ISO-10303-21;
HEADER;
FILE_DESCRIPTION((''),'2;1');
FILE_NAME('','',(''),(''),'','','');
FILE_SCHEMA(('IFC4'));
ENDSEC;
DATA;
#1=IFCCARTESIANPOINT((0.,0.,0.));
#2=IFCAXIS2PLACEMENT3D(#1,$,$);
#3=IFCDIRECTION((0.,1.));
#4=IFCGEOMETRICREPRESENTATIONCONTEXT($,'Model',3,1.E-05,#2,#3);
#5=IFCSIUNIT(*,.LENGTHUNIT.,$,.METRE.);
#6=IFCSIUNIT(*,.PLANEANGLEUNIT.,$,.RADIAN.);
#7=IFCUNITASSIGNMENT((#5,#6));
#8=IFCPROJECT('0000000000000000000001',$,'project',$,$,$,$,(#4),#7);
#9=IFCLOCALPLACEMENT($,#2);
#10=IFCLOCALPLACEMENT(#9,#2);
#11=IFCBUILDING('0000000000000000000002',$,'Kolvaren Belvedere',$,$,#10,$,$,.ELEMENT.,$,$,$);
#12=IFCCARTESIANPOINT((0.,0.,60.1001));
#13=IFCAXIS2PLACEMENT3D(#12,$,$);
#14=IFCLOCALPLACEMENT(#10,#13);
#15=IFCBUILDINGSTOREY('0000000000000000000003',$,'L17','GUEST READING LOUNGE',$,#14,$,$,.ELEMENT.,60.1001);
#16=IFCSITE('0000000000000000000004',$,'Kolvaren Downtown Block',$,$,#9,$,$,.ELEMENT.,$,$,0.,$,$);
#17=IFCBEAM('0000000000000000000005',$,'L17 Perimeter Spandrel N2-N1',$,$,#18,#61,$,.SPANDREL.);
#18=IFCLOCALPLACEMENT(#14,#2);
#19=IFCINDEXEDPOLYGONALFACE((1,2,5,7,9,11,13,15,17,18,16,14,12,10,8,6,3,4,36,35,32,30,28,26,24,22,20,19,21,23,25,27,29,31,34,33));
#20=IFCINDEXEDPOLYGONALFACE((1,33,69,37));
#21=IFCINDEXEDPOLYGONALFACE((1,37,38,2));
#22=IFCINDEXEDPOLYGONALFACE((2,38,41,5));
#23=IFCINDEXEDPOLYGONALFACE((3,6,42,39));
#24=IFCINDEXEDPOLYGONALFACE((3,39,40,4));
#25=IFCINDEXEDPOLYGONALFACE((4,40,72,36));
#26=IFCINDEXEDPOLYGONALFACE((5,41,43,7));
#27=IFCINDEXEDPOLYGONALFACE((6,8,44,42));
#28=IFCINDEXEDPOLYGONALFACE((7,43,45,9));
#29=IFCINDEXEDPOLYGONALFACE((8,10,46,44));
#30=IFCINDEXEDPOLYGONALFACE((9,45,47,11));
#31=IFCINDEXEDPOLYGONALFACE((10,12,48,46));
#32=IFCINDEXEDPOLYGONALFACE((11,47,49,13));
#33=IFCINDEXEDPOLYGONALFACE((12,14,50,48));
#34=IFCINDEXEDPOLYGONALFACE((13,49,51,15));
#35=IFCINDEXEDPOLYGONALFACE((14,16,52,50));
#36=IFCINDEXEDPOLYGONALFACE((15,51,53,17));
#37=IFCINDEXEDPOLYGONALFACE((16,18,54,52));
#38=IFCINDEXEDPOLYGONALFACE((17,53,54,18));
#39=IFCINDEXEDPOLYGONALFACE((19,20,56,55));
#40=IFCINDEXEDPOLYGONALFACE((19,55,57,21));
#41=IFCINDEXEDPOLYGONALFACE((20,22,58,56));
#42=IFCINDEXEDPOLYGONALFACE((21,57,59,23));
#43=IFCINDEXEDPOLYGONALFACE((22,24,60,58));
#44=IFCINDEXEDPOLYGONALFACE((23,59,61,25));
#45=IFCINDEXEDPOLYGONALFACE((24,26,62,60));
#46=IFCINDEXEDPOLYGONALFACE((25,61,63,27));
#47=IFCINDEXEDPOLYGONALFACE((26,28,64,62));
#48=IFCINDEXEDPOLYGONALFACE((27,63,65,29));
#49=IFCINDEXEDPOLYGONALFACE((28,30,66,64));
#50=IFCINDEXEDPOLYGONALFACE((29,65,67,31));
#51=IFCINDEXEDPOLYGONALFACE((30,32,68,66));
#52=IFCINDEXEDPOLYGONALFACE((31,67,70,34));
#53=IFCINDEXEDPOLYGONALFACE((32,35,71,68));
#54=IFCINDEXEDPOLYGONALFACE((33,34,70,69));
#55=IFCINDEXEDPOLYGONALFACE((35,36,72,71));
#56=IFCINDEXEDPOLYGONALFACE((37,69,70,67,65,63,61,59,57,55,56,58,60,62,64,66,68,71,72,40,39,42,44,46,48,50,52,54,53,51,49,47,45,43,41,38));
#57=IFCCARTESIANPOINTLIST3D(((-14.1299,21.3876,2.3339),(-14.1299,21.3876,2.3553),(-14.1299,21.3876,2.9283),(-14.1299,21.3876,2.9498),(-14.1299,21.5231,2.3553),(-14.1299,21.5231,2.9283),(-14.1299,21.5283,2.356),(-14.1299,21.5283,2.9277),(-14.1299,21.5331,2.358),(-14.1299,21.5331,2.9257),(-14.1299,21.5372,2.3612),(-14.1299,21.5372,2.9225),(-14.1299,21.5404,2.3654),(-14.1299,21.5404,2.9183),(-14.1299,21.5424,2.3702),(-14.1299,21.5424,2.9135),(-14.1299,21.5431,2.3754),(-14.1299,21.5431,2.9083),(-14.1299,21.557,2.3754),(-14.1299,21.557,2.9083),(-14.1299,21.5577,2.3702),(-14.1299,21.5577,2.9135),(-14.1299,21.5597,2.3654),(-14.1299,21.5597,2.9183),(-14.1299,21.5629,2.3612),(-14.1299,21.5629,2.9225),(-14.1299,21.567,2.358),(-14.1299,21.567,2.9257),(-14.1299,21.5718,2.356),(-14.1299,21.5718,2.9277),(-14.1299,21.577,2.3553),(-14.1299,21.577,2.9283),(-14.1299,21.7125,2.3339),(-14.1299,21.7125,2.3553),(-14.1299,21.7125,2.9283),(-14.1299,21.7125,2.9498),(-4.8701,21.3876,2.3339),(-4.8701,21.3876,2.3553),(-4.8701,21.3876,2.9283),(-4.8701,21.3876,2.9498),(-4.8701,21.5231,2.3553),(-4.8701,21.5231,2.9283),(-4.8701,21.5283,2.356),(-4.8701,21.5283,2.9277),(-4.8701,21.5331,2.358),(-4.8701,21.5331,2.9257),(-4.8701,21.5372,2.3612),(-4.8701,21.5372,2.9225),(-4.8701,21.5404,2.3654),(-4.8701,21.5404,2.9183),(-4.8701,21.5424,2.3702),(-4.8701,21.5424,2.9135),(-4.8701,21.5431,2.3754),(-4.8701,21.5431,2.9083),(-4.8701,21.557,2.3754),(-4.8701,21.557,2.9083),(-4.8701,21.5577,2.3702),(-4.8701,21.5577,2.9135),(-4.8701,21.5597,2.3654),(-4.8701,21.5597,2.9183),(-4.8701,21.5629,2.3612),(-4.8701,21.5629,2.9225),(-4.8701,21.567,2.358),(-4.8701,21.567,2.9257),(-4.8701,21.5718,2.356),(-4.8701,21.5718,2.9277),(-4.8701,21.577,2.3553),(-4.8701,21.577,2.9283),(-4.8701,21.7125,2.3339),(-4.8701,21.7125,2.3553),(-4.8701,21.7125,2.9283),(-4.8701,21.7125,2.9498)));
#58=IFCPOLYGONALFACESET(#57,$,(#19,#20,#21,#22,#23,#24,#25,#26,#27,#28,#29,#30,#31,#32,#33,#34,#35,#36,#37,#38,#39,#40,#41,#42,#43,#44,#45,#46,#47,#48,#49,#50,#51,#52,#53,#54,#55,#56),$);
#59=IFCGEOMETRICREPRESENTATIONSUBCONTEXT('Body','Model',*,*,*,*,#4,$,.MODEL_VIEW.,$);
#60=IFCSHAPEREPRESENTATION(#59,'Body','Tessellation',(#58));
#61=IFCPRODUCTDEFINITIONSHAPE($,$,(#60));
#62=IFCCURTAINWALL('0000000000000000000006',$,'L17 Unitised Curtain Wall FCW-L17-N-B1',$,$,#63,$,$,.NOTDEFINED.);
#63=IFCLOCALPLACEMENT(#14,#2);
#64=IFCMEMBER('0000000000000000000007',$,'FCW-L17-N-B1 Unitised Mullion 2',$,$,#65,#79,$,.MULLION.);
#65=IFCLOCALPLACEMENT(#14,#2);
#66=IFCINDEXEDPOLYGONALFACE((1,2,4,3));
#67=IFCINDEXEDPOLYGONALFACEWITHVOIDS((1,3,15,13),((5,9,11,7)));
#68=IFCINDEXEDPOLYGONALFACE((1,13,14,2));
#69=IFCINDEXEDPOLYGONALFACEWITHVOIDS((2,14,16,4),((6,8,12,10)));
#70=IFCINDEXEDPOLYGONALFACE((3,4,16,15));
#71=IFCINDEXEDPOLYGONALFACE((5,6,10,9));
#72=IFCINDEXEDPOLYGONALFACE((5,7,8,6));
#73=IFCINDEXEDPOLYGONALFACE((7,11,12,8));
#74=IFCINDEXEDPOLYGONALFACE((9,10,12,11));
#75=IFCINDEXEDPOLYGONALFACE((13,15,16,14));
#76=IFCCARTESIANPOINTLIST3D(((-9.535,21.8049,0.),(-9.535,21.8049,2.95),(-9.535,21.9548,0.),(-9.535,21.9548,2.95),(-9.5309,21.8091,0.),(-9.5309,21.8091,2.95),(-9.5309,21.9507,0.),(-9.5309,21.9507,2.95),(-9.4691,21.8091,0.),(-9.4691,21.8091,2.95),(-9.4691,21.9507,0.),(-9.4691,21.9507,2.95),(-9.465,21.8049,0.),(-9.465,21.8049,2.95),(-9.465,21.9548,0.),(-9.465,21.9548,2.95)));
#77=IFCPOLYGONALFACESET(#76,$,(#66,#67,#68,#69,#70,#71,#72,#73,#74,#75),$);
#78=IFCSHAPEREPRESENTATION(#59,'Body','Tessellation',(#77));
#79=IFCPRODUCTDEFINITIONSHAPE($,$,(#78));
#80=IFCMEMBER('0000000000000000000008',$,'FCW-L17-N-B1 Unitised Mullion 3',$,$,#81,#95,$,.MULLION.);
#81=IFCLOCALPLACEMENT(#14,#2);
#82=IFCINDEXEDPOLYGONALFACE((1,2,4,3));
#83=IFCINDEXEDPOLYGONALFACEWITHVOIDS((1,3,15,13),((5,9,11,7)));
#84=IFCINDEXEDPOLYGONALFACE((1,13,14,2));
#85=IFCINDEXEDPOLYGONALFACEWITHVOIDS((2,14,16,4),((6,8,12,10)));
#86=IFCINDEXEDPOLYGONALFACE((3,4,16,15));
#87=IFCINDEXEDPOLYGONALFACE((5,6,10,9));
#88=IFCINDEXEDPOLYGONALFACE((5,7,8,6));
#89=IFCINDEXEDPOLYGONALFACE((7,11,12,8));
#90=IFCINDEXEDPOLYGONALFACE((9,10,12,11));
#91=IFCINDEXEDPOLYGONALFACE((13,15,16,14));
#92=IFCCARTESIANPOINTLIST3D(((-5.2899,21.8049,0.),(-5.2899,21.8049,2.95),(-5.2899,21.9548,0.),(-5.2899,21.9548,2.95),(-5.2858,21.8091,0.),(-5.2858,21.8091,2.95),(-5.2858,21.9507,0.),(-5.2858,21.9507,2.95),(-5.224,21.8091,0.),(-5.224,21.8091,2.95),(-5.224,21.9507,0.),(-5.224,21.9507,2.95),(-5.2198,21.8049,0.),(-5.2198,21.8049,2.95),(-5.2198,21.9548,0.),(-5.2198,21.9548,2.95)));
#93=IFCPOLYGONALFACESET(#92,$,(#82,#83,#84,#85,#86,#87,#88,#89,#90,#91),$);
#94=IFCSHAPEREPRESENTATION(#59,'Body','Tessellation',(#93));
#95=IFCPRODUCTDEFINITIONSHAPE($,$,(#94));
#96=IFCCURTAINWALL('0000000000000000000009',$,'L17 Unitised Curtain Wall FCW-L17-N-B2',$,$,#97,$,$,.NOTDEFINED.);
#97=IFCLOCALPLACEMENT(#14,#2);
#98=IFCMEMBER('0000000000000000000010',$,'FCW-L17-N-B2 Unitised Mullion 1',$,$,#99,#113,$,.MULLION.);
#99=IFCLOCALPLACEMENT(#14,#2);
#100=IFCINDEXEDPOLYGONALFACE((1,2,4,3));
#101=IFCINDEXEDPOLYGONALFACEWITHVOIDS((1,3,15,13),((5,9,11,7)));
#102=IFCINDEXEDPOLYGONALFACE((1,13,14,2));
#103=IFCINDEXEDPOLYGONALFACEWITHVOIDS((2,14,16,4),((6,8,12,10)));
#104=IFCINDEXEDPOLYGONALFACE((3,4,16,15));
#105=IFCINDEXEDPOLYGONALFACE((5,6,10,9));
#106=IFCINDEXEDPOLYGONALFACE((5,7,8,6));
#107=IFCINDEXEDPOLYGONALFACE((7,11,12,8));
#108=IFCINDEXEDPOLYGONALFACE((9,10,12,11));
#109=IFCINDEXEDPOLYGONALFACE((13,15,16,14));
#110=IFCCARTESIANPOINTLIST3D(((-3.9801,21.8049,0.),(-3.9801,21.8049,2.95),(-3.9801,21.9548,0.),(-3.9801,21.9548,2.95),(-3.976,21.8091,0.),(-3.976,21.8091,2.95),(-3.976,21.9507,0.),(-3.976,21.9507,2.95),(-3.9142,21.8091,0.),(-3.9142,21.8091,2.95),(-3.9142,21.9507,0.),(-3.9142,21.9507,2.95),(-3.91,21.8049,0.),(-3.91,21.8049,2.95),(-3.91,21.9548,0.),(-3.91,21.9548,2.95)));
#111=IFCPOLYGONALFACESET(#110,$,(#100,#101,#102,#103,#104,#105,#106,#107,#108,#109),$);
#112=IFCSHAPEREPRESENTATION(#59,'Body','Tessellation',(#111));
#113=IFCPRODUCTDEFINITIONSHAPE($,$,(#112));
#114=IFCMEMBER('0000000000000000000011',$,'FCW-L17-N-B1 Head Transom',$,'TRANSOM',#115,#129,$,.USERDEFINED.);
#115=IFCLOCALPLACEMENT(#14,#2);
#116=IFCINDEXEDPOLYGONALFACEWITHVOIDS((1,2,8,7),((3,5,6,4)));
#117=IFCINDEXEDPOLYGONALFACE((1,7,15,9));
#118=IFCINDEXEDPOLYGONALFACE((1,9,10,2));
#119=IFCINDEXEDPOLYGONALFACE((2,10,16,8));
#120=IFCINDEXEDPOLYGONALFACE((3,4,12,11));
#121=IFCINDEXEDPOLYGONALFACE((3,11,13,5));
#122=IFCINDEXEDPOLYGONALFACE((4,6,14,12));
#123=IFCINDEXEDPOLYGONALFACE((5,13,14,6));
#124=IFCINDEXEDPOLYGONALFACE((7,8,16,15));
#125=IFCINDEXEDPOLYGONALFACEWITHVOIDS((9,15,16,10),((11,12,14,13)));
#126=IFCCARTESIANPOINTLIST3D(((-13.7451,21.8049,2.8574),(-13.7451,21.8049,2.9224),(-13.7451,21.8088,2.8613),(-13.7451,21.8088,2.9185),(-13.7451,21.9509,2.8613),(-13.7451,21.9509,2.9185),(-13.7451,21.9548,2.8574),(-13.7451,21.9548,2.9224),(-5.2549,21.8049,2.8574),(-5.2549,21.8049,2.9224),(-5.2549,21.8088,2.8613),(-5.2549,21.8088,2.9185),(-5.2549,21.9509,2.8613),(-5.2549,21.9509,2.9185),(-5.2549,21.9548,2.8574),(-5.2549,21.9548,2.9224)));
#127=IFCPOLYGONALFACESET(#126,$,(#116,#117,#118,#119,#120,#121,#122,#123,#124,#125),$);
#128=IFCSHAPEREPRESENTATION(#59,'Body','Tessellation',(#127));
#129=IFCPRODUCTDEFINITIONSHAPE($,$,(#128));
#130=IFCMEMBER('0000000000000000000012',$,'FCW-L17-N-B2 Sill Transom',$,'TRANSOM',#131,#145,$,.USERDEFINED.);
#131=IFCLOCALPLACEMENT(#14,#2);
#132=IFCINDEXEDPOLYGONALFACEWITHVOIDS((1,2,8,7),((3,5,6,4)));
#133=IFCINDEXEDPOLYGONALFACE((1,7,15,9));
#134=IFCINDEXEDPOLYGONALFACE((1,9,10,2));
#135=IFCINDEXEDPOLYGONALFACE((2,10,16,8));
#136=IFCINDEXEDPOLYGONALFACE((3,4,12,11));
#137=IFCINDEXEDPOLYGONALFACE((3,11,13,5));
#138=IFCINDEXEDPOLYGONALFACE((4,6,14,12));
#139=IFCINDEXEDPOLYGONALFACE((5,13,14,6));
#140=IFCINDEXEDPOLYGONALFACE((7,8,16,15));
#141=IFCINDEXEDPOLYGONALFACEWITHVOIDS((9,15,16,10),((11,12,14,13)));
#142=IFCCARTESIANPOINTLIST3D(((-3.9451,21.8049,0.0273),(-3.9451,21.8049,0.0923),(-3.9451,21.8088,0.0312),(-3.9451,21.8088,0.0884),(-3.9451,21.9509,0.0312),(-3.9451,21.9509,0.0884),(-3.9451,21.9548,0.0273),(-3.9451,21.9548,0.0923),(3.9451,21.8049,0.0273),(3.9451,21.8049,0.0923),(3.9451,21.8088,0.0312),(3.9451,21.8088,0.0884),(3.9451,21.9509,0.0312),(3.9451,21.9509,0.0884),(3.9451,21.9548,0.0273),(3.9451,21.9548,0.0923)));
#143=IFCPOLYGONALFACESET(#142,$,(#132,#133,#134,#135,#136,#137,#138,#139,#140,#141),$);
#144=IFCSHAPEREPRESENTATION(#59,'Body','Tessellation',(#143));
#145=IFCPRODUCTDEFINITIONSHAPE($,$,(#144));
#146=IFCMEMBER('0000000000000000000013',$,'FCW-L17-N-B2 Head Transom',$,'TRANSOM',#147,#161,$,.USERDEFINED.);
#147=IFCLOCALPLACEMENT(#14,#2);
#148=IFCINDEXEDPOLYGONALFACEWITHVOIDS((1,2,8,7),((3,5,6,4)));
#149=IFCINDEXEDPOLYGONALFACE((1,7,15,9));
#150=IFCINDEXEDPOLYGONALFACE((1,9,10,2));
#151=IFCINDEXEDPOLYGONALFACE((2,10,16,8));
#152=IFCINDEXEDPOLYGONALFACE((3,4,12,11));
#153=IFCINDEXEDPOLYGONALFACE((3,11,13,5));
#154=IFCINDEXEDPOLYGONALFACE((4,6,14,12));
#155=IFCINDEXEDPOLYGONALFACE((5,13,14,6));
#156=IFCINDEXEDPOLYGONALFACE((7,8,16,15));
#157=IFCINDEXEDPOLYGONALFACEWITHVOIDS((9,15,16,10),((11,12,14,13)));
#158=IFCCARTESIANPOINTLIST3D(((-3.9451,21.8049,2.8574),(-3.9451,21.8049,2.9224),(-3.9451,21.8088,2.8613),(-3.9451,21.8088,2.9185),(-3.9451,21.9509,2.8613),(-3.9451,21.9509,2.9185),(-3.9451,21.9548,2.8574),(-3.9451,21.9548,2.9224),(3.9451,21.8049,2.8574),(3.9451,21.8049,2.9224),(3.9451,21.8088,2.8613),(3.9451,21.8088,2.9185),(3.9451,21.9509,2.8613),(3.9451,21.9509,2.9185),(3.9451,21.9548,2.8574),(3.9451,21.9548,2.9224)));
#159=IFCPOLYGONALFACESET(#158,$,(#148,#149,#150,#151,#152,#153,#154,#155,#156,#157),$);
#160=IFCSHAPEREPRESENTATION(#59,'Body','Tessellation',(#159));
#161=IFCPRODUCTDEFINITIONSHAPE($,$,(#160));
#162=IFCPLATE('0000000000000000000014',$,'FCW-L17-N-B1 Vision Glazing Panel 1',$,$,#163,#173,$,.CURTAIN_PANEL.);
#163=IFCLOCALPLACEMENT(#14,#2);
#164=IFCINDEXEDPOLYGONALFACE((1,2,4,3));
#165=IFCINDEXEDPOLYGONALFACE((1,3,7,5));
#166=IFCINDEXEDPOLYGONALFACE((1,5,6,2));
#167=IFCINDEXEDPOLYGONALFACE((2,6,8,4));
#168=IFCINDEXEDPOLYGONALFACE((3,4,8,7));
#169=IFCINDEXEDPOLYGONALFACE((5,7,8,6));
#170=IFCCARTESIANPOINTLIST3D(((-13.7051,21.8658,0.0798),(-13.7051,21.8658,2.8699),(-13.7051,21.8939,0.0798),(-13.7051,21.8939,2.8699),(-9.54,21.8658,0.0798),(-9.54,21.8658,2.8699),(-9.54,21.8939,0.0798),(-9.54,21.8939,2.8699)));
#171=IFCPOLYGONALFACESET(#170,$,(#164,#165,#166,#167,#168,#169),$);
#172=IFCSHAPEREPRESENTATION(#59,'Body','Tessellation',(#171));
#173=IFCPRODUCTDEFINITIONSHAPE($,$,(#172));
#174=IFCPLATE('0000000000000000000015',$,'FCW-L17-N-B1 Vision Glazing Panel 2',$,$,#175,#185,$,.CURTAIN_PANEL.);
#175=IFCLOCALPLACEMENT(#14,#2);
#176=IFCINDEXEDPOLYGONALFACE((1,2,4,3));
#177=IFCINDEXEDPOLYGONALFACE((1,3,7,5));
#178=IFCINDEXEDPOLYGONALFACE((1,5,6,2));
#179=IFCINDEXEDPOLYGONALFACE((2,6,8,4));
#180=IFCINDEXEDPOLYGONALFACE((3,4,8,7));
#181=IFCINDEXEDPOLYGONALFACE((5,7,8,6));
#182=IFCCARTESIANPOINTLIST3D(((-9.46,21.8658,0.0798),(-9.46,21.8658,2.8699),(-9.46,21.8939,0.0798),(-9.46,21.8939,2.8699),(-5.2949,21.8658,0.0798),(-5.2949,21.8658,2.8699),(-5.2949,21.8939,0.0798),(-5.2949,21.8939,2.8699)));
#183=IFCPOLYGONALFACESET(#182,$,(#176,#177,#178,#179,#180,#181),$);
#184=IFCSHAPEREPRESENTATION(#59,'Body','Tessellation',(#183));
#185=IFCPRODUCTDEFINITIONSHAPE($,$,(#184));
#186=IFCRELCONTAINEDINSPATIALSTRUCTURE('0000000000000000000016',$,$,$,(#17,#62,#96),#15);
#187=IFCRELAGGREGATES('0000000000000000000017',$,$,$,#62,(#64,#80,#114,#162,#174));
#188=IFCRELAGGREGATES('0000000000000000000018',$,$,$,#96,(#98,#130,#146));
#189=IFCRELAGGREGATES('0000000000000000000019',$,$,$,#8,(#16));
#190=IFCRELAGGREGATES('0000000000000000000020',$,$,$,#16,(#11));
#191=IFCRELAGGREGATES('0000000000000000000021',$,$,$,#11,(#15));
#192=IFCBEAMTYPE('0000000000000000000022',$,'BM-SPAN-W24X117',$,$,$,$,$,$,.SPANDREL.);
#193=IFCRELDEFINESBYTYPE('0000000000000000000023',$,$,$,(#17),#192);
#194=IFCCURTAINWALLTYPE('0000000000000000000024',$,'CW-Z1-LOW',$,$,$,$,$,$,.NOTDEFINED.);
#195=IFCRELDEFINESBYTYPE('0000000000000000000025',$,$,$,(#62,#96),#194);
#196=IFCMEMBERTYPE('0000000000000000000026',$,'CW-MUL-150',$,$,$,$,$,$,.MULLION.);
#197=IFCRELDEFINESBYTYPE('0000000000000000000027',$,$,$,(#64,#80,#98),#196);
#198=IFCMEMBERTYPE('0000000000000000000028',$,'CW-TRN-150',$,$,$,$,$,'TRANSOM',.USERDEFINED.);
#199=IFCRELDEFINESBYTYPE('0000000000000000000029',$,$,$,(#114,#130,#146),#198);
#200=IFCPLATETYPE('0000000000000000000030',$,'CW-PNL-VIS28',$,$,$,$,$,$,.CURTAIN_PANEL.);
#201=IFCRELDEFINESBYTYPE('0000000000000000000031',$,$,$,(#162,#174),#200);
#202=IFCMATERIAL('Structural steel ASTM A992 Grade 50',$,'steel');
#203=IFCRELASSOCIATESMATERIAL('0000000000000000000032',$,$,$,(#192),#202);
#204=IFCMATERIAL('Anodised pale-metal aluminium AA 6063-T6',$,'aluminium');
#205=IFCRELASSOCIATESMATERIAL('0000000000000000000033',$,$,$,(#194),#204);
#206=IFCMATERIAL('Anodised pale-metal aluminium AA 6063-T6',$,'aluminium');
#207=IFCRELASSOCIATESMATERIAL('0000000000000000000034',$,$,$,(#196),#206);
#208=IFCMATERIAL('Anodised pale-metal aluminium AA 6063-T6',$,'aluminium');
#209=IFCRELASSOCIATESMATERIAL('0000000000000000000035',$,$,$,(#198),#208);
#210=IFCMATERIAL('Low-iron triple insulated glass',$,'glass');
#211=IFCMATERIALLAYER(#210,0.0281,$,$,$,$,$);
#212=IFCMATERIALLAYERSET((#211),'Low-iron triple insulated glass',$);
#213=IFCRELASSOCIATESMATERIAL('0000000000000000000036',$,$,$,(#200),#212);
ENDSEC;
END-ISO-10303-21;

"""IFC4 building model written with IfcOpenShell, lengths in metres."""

from ifc_helpers import new_model, si_unit, direction, frame, origin, origin_2d, place, context, subcontext, project, spatial, rectangle, hollow_rectangle, i_section, extrude, material, layer, layer_set, material_profile, profile_set, type_object, element, aggregate, save


model = new_model("IFC4")

# Units and contexts
model_context = context("Model", 3, precision=1e-05, world=origin(), true_north=direction((0.0, 1.0)))
body_context = subcontext(model_context, "Body", "Model", "MODEL_VIEW")
ifc_project = project(units=[si_unit("LENGTHUNIT", "METRE"), si_unit("PLANEANGLEUNIT", "RADIAN")], contexts=[model_context])

# Site, building, storey
site_placement = place(None, origin())
site = spatial("IfcSite", under=ifc_project, at=site_placement, Name="Kolvaren Downtown Block", CompositionType="ELEMENT", RefElevation=0.0)
building_placement = place(site_placement, origin())
building = spatial("IfcBuilding", under=site, at=building_placement, Name="Kolvaren Belvedere", CompositionType="ELEMENT")
storey_placement = place(building_placement, frame((0.0, 0.0, 60.1001)))
storey = spatial("IfcBuildingStorey", under=building, at=storey_placement, Name="L17", Description="GUEST READING LOUNGE", CompositionType="ELEMENT", Elevation=60.1001)

# Beam
ifc_material_1 = material(Name="Structural steel ASTM A992 Grade 50", Category="steel")
ifc_material_profile_1 = material_profile(ifc_material_1, i_section(OverallWidth=0.325, OverallDepth=0.616, WebThickness=0.0139, FlangeThickness=0.0215, FilletRadius=0.02, at=origin_2d()), Name="W24X117")
ifc_profile_set_1 = profile_set([ifc_material_profile_1], Name="Structural steel ASTM A992 Grade 50")
beam_type_1 = type_object("IfcBeamType", Name="BM-SPAN-W24X117", PredefinedType="SPANDREL", material=ifc_profile_set_1)
beam_1_placement = place(storey_placement, frame((-4.8701, 21.55, 2.6418), z_axis=(-1.0, 0.0, 0.0), x_axis=(0.0, -1.0, 0.0)))
element("IfcBeam", 1, at=beam_1_placement, inside=storey, type_object=beam_type_1, Name="L17 Perimeter Spandrel N2-N1", PredefinedType="SPANDREL", context=body_context, shape_type="SweptSolid", body=[
    extrude(i_section(OverallWidth=0.325, OverallDepth=0.616, WebThickness=0.0139, FlangeThickness=0.0215, FilletRadius=0.02, at=origin_2d()), origin(), (0.0, 0.0, 1.0), 9.2598),
])

# Curtain wall, members
ifc_material_2 = material(Name="Anodised pale-metal aluminium AA 6063-T6", Category="aluminium")
curtain_wall_type = type_object("IfcCurtainWallType", Name="CW-Z1-LOW", PredefinedType="NOTDEFINED", material=ifc_material_2)
curtain_wall_1_placement = place(storey_placement, origin())
curtain_wall_1 = element("IfcCurtainWall", 2, at=curtain_wall_1_placement, inside=storey, type_object=curtain_wall_type, Name="L17 Unitised Curtain Wall FCW-L17-N-B1", PredefinedType="NOTDEFINED")
ifc_material_3 = material(Name="Anodised pale-metal aluminium AA 6063-T6", Category="aluminium")
ifc_material_profile_2 = material_profile(ifc_material_3, hollow_rectangle(XDim=0.0701, YDim=0.1499, WallThickness=0.0042, at=origin_2d()), Name="ALU-MUL-150X70")
ifc_profile_set_2 = profile_set([ifc_material_profile_2], Name="Anodised pale-metal aluminium AA 6063-T6")
member_type_1 = type_object("IfcMemberType", Name="CW-MUL-150", PredefinedType="MULLION", material=ifc_profile_set_2)
member_1_placement = place(storey_placement, frame((-9.5, 21.8799, 0.0), z_axis=(0.0, 0.0, 1.0), x_axis=(1.0, 0.0, 0.0)))
member_1 = element("IfcMember", 3, at=member_1_placement, type_object=member_type_1, Name="FCW-L17-N-B1 Unitised Mullion 2", PredefinedType="MULLION", context=body_context, shape_type="SweptSolid", body=[
    extrude(hollow_rectangle(XDim=0.0701, YDim=0.1499, WallThickness=0.0042, at=origin_2d()), origin(), (0.0, 0.0, 1.0), 2.95),
])
member_2_placement = place(storey_placement, frame((-5.2549, 21.8799, 0.0), z_axis=(0.0, 0.0, 1.0), x_axis=(1.0, 0.0, 0.0)))
member_2 = element("IfcMember", 4, at=member_2_placement, type_object=member_type_1, Name="FCW-L17-N-B1 Unitised Mullion 3", PredefinedType="MULLION", context=body_context, shape_type="SweptSolid", body=[
    extrude(hollow_rectangle(XDim=0.0701, YDim=0.1499, WallThickness=0.0042, at=origin_2d()), origin(), (0.0, 0.0, 1.0), 2.95),
])

# Curtain wall, member
curtain_wall_2_placement = place(storey_placement, origin())
curtain_wall_2 = element("IfcCurtainWall", 5, at=curtain_wall_2_placement, inside=storey, type_object=curtain_wall_type, Name="L17 Unitised Curtain Wall FCW-L17-N-B2", PredefinedType="NOTDEFINED")
member_3_placement = place(storey_placement, frame((-3.9451, 21.8799, 0.0), z_axis=(0.0, 0.0, 1.0), x_axis=(1.0, 0.0, 0.0)))
member_3 = element("IfcMember", 6, at=member_3_placement, type_object=member_type_1, Name="FCW-L17-N-B2 Unitised Mullion 1", PredefinedType="MULLION", context=body_context, shape_type="SweptSolid", body=[
    extrude(hollow_rectangle(XDim=0.0701, YDim=0.1499, WallThickness=0.0042, at=origin_2d()), origin(), (0.0, 0.0, 1.0), 2.95),
])

# Members
ifc_material_4 = material(Name="Anodised pale-metal aluminium AA 6063-T6", Category="aluminium")
ifc_material_profile_3 = material_profile(ifc_material_4, hollow_rectangle(XDim=0.0649, YDim=0.1499, WallThickness=0.0039, at=origin_2d()), Name="ALU-TRN-150X65")
ifc_profile_set_3 = profile_set([ifc_material_profile_3], Name="Anodised pale-metal aluminium AA 6063-T6")
member_type_2 = type_object("IfcMemberType", Name="CW-TRN-150", ElementType="TRANSOM", PredefinedType="USERDEFINED", material=ifc_profile_set_3)
member_4_placement = place(storey_placement, frame((-13.7451, 21.8799, 2.8899), z_axis=(1.0, 0.0, 0.0), x_axis=(0.0, 0.0, 1.0)))
member_4 = element("IfcMember", 7, at=member_4_placement, type_object=member_type_2, Name="FCW-L17-N-B1 Head Transom", ObjectType="TRANSOM", PredefinedType="USERDEFINED", context=body_context, shape_type="SweptSolid", body=[
    extrude(hollow_rectangle(XDim=0.0649, YDim=0.1499, WallThickness=0.0039, at=origin_2d()), origin(), (0.0, 0.0, 1.0), 8.4902),
])
member_5_placement = place(storey_placement, frame((-3.9451, 21.8799, 0.0598), z_axis=(1.0, 0.0, 0.0), x_axis=(0.0, 0.0, 1.0)))
member_5 = element("IfcMember", 8, at=member_5_placement, type_object=member_type_2, Name="FCW-L17-N-B2 Sill Transom", ObjectType="TRANSOM", PredefinedType="USERDEFINED", context=body_context, shape_type="SweptSolid", body=[
    extrude(hollow_rectangle(XDim=0.0649, YDim=0.1499, WallThickness=0.0039, at=origin_2d()), origin(), (0.0, 0.0, 1.0), 7.8901),
])
member_6_placement = place(storey_placement, frame((-3.9451, 21.8799, 2.8899), z_axis=(1.0, 0.0, 0.0), x_axis=(0.0, 0.0, 1.0)))
member_6 = element("IfcMember", 9, at=member_6_placement, type_object=member_type_2, Name="FCW-L17-N-B2 Head Transom", ObjectType="TRANSOM", PredefinedType="USERDEFINED", context=body_context, shape_type="SweptSolid", body=[
    extrude(hollow_rectangle(XDim=0.0649, YDim=0.1499, WallThickness=0.0039, at=origin_2d()), origin(), (0.0, 0.0, 1.0), 7.8901),
])

# Plates
ifc_material_5 = material(Name="Low-iron triple insulated glass", Category="glass")
ifc_layer_1 = layer(ifc_material_5, 0.0281)
ifc_layer_set_1 = layer_set([ifc_layer_1], Name="Low-iron triple insulated glass")
plate_type_1 = type_object("IfcPlateType", Name="CW-PNL-VIS28", PredefinedType="CURTAIN_PANEL", material=ifc_layer_set_1)
plate_1_placement = place(storey_placement, frame((-11.6226, 21.8799, 0.0798), z_axis=(0.0, 0.0, 1.0), x_axis=(1.0, 0.0, 0.0)))
plate_1 = element("IfcPlate", 10, at=plate_1_placement, type_object=plate_type_1, Name="FCW-L17-N-B1 Vision Glazing Panel 1", PredefinedType="CURTAIN_PANEL", context=body_context, shape_type="SweptSolid", body=[
    extrude(rectangle(XDim=4.165, YDim=0.0281, at=origin_2d()), origin(), (0.0, 0.0, 1.0), 2.79),
])
plate_2_placement = place(storey_placement, frame((-7.3774, 21.8799, 0.0798), z_axis=(0.0, 0.0, 1.0), x_axis=(1.0, 0.0, 0.0)))
plate_2 = element("IfcPlate", 11, at=plate_2_placement, type_object=plate_type_1, Name="FCW-L17-N-B1 Vision Glazing Panel 2", PredefinedType="CURTAIN_PANEL", context=body_context, shape_type="SweptSolid", body=[
    extrude(rectangle(XDim=4.165, YDim=0.0281, at=origin_2d()), origin(), (0.0, 0.0, 1.0), 2.79),
])
aggregate(curtain_wall_1, [member_1, member_2, member_4, plate_1, plate_2])
aggregate(curtain_wall_2, [member_3, member_5, member_6])

save(model, "model.ifc")
